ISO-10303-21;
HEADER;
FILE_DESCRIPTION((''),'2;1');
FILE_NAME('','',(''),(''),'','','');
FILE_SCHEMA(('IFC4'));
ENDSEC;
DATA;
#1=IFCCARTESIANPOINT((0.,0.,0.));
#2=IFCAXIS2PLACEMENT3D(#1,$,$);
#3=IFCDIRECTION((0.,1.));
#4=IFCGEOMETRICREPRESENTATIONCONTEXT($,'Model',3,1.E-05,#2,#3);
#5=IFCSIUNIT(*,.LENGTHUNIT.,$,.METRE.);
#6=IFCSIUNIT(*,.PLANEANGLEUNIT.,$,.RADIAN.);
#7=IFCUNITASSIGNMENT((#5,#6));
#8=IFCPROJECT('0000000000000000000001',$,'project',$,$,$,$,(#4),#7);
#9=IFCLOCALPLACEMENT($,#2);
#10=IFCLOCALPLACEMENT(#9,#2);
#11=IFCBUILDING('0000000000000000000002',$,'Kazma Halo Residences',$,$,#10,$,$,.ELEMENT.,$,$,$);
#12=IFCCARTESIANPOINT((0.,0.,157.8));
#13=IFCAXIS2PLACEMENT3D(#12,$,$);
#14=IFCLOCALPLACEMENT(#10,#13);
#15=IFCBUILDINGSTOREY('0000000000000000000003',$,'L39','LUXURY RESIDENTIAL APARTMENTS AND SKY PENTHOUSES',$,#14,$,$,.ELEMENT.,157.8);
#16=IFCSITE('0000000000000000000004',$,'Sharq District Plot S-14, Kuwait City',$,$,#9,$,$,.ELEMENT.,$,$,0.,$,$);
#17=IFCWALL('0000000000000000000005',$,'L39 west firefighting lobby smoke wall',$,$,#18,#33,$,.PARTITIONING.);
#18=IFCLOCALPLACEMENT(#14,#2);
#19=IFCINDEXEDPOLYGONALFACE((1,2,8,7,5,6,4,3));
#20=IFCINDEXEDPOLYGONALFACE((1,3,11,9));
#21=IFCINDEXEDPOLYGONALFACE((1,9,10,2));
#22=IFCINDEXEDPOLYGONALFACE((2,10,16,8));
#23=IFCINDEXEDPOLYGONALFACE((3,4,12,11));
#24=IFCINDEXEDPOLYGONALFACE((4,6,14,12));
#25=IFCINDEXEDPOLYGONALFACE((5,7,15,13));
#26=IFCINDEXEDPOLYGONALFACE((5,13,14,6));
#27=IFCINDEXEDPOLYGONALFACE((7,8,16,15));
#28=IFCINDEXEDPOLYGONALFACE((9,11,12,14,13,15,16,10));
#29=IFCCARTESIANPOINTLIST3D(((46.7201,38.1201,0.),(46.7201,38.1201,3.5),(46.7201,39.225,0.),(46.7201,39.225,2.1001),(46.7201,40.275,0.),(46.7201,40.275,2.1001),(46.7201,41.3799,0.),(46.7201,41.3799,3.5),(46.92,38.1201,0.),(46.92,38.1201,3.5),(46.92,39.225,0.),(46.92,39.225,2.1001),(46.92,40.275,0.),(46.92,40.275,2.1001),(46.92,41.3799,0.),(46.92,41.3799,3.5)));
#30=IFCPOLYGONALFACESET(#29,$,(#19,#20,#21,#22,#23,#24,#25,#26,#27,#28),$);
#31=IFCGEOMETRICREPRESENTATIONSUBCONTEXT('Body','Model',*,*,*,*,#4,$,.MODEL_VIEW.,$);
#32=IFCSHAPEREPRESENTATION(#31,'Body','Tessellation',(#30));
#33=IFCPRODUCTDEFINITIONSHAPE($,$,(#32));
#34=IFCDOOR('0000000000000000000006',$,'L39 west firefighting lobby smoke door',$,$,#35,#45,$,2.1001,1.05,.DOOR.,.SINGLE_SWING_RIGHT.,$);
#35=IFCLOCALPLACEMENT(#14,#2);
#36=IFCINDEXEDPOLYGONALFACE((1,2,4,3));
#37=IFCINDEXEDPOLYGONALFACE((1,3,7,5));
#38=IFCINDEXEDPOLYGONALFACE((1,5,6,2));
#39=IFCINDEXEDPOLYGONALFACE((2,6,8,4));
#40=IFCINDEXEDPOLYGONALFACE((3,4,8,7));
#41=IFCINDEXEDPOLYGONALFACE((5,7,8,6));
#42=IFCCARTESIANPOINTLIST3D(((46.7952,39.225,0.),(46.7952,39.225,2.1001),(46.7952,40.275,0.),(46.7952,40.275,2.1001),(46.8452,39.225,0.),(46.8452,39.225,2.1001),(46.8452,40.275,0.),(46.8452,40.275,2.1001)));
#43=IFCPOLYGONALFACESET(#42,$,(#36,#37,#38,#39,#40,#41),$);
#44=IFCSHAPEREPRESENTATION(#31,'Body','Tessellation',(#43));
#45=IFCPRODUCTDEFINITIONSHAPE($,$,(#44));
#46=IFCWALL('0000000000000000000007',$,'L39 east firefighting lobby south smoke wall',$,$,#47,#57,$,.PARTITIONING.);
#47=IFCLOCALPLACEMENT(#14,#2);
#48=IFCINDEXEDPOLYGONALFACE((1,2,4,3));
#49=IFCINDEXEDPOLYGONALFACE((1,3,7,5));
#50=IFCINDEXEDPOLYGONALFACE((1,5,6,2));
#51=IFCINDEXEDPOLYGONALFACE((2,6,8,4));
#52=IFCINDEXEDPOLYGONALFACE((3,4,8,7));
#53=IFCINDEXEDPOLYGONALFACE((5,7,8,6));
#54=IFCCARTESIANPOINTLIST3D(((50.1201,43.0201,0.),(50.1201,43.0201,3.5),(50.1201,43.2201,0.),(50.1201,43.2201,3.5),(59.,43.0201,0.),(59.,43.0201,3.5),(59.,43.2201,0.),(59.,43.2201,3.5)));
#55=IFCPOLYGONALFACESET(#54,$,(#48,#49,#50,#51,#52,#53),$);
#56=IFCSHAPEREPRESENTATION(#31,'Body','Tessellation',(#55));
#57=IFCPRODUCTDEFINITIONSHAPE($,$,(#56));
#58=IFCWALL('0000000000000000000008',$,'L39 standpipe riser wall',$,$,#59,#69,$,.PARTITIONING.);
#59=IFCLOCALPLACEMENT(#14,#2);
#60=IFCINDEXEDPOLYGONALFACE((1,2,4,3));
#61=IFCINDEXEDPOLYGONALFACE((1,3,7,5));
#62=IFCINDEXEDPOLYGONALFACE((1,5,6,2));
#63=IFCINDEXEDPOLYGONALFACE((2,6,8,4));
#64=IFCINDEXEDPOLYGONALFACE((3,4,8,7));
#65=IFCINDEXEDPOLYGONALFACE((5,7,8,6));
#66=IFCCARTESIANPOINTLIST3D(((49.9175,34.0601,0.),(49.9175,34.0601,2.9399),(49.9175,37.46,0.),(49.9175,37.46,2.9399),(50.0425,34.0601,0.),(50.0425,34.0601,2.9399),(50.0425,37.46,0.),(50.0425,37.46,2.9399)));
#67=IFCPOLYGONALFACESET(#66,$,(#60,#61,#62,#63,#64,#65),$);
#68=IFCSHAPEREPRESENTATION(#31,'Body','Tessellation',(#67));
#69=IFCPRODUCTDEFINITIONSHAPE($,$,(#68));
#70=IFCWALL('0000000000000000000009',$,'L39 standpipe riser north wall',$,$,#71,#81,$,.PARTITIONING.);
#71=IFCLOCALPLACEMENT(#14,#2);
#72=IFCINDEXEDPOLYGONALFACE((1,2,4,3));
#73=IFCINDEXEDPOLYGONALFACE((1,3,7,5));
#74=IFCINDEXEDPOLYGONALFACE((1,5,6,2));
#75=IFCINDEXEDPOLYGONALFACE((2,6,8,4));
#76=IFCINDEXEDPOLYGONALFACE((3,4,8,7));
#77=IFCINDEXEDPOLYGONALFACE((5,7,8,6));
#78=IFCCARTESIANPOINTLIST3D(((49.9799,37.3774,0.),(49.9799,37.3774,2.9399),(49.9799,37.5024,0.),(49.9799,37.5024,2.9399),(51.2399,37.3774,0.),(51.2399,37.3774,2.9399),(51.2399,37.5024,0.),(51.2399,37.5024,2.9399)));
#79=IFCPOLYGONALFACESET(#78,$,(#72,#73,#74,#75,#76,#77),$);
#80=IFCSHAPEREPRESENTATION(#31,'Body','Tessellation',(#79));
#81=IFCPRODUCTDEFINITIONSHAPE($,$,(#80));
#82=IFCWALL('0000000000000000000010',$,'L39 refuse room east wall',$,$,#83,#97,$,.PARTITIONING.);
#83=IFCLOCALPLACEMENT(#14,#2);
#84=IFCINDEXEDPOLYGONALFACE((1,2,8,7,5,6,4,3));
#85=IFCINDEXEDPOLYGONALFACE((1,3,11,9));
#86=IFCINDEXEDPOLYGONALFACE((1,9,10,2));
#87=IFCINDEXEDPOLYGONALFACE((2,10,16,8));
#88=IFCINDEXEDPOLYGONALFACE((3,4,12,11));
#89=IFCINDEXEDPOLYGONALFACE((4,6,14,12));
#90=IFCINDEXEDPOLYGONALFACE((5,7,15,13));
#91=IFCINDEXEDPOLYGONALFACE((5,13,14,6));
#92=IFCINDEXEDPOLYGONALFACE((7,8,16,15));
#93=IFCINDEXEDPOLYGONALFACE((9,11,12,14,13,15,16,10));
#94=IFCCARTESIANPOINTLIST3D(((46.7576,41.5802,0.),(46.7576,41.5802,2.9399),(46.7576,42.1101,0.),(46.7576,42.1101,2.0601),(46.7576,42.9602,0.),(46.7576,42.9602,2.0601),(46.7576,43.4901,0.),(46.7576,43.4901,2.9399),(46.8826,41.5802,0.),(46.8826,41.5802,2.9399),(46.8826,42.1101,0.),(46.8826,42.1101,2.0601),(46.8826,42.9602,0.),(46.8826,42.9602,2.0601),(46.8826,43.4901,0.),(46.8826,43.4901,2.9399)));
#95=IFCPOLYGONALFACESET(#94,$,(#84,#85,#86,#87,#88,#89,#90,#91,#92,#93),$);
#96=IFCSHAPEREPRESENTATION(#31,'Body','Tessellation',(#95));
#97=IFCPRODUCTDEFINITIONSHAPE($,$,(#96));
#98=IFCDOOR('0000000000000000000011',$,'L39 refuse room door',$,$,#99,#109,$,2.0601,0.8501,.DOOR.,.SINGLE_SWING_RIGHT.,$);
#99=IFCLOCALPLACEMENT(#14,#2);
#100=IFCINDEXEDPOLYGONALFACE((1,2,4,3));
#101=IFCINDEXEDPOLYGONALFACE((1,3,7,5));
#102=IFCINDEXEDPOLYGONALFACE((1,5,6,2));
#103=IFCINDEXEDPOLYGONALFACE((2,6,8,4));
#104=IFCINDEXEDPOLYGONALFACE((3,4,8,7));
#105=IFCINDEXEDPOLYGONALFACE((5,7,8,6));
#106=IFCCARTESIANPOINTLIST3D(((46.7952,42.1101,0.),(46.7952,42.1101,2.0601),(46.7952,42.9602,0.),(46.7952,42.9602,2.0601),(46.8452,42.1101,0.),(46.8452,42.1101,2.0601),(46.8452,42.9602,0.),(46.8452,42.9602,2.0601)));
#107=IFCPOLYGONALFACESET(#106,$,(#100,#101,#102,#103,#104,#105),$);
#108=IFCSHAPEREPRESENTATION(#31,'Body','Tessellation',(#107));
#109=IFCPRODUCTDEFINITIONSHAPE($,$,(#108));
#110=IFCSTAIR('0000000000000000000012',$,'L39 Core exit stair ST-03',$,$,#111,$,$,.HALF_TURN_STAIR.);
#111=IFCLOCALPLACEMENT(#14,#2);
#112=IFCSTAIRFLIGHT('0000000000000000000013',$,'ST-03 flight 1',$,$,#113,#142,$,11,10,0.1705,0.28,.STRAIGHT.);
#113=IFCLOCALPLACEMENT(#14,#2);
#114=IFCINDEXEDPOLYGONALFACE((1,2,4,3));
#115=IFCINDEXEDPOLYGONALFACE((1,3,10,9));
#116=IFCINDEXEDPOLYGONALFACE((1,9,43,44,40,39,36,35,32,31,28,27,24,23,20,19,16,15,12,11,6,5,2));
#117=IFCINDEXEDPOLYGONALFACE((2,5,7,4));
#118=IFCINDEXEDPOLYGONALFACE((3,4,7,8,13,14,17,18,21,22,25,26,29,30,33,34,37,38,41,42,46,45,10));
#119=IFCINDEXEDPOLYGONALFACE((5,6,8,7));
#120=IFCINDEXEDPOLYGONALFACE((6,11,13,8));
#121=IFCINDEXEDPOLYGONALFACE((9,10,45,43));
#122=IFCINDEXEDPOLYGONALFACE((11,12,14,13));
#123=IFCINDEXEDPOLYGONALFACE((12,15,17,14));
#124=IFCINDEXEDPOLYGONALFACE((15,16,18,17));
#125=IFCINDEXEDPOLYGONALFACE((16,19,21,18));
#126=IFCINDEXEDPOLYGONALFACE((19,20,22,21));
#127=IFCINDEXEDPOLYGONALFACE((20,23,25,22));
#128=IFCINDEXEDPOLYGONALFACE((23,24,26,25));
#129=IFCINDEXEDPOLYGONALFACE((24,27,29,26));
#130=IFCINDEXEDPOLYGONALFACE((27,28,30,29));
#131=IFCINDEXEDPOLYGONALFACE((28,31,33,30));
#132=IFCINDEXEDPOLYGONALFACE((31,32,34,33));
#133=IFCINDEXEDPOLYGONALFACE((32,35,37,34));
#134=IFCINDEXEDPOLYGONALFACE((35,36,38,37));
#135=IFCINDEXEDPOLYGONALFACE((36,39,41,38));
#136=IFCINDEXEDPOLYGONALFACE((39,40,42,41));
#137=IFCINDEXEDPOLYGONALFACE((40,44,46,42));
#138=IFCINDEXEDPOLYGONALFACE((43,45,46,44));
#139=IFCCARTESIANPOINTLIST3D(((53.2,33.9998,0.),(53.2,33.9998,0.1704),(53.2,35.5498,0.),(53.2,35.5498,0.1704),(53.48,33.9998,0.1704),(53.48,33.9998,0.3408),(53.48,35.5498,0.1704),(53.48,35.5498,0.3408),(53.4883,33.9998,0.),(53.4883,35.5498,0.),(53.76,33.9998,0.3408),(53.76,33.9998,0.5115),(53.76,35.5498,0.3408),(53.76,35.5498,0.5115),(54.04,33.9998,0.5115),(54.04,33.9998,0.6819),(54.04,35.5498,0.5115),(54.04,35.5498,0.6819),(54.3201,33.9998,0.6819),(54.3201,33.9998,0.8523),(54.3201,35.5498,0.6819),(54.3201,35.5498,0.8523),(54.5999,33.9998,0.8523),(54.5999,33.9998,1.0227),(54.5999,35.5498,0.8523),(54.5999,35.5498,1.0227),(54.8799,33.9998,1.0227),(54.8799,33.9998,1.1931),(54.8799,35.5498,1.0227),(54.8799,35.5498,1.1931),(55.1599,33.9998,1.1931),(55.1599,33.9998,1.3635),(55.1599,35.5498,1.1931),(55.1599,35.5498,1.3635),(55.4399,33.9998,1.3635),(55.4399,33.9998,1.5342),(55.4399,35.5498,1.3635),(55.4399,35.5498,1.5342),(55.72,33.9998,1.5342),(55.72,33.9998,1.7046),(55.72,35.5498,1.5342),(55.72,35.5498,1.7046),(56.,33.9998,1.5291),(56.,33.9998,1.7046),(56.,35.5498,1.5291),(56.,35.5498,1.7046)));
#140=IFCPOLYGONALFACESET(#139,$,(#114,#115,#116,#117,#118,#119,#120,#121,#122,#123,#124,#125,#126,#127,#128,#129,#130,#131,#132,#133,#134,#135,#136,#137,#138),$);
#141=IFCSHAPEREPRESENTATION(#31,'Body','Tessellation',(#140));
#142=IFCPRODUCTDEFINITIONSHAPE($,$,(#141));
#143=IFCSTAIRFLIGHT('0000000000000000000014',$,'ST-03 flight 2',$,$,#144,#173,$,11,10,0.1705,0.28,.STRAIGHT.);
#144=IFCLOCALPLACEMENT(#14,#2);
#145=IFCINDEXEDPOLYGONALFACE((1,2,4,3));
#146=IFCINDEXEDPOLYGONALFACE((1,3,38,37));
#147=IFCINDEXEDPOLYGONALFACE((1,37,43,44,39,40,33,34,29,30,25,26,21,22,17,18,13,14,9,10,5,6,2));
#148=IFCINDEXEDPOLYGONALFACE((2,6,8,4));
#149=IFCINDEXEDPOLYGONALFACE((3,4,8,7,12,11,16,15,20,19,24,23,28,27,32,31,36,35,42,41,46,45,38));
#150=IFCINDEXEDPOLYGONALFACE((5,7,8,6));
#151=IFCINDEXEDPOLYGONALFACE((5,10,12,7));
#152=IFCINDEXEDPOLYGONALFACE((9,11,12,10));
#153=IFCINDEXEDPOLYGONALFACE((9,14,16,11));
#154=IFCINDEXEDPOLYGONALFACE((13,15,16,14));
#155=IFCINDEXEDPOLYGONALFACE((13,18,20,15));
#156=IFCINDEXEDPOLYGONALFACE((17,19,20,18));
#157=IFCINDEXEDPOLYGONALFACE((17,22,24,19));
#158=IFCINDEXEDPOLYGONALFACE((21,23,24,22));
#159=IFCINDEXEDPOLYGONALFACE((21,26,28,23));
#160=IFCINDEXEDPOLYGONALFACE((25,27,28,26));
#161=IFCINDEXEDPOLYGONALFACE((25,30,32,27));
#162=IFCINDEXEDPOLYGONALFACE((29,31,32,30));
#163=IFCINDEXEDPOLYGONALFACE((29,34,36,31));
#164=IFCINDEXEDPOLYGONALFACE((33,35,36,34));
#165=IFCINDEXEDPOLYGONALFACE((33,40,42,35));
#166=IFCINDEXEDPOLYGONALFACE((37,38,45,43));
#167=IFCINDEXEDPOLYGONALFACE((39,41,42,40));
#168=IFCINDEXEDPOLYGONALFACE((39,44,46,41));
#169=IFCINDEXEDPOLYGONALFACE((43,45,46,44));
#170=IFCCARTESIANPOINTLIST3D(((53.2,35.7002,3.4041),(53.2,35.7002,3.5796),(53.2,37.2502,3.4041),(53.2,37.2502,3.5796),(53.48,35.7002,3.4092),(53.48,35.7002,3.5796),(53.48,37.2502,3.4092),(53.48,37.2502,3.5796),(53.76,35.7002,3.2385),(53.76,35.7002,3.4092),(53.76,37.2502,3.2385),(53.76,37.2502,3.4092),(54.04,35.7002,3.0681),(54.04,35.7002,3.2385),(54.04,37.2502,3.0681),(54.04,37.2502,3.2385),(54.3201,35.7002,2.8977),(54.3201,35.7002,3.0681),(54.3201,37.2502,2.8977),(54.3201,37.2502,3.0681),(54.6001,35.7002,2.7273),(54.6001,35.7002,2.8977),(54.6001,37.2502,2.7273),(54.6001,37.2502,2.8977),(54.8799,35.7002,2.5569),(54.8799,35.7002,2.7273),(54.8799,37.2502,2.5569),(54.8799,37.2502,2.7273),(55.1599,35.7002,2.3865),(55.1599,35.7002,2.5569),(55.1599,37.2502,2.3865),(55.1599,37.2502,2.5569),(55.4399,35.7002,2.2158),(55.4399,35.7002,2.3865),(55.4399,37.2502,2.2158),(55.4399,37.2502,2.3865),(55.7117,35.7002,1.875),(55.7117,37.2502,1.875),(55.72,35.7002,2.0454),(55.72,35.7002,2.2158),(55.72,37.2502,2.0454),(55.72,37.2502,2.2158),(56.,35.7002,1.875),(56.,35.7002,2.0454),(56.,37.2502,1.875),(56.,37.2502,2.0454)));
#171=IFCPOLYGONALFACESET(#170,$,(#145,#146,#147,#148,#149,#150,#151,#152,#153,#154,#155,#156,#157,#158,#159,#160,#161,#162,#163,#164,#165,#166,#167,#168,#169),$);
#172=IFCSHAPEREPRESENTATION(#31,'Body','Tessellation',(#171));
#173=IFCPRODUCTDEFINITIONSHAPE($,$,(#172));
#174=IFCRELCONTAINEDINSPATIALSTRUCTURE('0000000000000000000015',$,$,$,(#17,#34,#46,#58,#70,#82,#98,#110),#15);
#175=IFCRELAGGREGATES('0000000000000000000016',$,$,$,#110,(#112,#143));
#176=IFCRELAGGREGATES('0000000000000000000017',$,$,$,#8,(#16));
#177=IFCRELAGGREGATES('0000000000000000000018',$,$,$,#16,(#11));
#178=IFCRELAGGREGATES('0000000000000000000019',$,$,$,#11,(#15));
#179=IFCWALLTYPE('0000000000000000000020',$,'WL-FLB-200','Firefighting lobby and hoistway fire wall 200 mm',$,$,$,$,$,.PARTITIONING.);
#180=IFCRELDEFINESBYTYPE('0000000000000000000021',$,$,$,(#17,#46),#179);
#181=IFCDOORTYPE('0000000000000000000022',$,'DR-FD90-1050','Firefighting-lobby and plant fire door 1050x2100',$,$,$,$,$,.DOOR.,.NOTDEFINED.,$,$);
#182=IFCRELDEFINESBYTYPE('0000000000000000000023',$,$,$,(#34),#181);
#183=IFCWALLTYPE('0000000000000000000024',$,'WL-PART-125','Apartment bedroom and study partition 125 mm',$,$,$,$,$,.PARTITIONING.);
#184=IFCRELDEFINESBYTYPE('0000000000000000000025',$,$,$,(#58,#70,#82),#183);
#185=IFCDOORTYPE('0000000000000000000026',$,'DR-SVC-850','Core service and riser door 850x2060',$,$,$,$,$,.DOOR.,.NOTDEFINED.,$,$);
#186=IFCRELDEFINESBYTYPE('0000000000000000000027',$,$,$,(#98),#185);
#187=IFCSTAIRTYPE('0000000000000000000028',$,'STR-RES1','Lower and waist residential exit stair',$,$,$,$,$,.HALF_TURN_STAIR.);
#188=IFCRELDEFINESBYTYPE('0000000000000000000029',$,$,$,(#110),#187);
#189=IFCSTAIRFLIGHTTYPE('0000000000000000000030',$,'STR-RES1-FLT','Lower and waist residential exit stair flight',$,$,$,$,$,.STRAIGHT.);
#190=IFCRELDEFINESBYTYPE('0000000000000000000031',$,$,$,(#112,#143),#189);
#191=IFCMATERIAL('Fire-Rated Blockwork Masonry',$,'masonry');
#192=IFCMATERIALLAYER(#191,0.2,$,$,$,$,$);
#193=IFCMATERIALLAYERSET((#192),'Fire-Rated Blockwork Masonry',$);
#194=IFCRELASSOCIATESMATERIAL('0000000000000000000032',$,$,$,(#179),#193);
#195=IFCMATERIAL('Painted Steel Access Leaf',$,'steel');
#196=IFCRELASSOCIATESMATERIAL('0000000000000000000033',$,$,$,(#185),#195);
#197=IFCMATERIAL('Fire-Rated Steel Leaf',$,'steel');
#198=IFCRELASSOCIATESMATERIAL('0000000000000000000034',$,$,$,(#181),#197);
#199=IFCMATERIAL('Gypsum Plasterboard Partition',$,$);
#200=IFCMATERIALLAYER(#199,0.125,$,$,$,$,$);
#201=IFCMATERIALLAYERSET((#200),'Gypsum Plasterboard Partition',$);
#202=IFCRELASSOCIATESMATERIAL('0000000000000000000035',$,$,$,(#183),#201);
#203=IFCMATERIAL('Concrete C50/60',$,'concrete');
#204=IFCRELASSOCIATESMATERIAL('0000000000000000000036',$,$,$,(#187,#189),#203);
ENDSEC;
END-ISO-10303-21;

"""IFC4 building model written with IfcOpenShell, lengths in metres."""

from ifc_helpers import new_model, si_unit, direction, frame, frame_2d, origin, place, context, subcontext, project, spatial, polyline, rectangle, outline, extrude, material, layer, layer_set, type_object, element, fill, aggregate, save


model = new_model("IFC4")

# Units and contexts
model_context = context("Model", 3, precision=1e-05, world=origin(), true_north=direction((0.0, 1.0)))
body_context = subcontext(model_context, "Body", "Model", "MODEL_VIEW")
ifc_project = project(units=[si_unit("LENGTHUNIT", "METRE"), si_unit("PLANEANGLEUNIT", "RADIAN")], contexts=[model_context])

# Site, building, storey
site_placement = place(None, origin())
site = spatial("IfcSite", under=ifc_project, at=site_placement, Name="Sharq District Plot S-14, Kuwait City", CompositionType="ELEMENT", RefElevation=0.0)
building_placement = place(site_placement, origin())
building = spatial("IfcBuilding", under=site, at=building_placement, Name="Kazma Halo Residences", CompositionType="ELEMENT")
storey_placement = place(building_placement, frame((0.0, 0.0, 157.8)))
storey = spatial("IfcBuildingStorey", under=building, at=storey_placement, Name="L39", Description="LUXURY RESIDENTIAL APARTMENTS AND SKY PENTHOUSES", CompositionType="ELEMENT", Elevation=157.8)

# Shared definitions
ifc_material_1 = material(Name="Fire-Rated Blockwork Masonry", Category="masonry")
ifc_layer_1 = layer(ifc_material_1, 0.2)
ifc_layer_set_1 = layer_set([ifc_layer_1], Name="Fire-Rated Blockwork Masonry")
wall_type_1 = type_object("IfcWallType", Name="WL-FLB-200", Description="Firefighting lobby and hoistway fire wall 200 mm", PredefinedType="PARTITIONING", material=ifc_layer_set_1)

# Wall, opening, door
ifc_material_2 = material(Name="Painted Steel Access Leaf", Category="steel")
door_type_1 = type_object("IfcDoorType", Name="DR-SVC-850", Description="Core service and riser door 850x2060", OperationType="NOTDEFINED", PredefinedType="DOOR", material=ifc_material_2)
wall_1_placement = place(storey_placement, frame((46.8201, 38.1201, 0.0), z_axis=(0.0, 0.0, 1.0), x_axis=(0.0, 1.0, 0.0)))
wall_1 = element("IfcWall", 1, at=wall_1_placement, inside=storey, type_object=wall_type_1, Name="L39 west firefighting lobby smoke wall", PredefinedType="PARTITIONING", context=body_context, shape_type="SweptSolid", body=[
    extrude(rectangle(XDim=3.2598, YDim=0.2, at=frame_2d((1.6299, 0.0))), origin(), (0.0, 0.0, 1.0), 3.5),
])
opening_1_placement = place(wall_1_placement, frame((1.105, 0.0, 0.0)))
opening_1 = element("IfcOpeningElement", 2, at=opening_1_placement, cuts=wall_1, PredefinedType="OPENING", context=body_context, shape_type="SweptSolid", body=[
    extrude(rectangle(XDim=1.05, YDim=2.1001, at=frame_2d((0.5249, 1.05))), frame((0.0, 0.1099, 0.0), z_axis=(0.0, -1.0, 0.0), x_axis=(1.0, 0.0, 0.0)), (0.0, 0.0, 1.0), 0.22),
])
ifc_material_3 = material(Name="Fire-Rated Steel Leaf", Category="steel")
door_type_2 = type_object("IfcDoorType", Name="DR-FD90-1050", Description="Firefighting-lobby and plant fire door 1050x2100", OperationType="NOTDEFINED", PredefinedType="DOOR", material=ifc_material_3)
door_1_placement = place(opening_1_placement, origin())
door_1 = element("IfcDoor", 3, at=door_1_placement, inside=storey, type_object=door_type_2, Name="L39 west firefighting lobby smoke door", OperationType="SINGLE_SWING_RIGHT", OverallHeight=2.1001, OverallWidth=1.05, PredefinedType="DOOR", context=body_context, shape_type="SweptSolid", body=[
    extrude(rectangle(XDim=1.05, YDim=2.1001, at=frame_2d((0.5249, 1.05))), frame((0.0, 0.0249, 0.0), z_axis=(0.0, -1.0, 0.0), x_axis=(1.0, 0.0, 0.0)), (0.0, 0.0, 1.0), 0.05),
])
fill(opening_1, door_1)

# Walls
wall_2_placement = place(storey_placement, frame((50.1201, 43.1201, 0.0), z_axis=(0.0, 0.0, 1.0), x_axis=(1.0, 0.0, 0.0)))
element("IfcWall", 4, at=wall_2_placement, inside=storey, type_object=wall_type_1, Name="L39 east firefighting lobby south smoke wall", PredefinedType="PARTITIONING", context=body_context, shape_type="SweptSolid", body=[
    extrude(rectangle(XDim=8.8799, YDim=0.2, at=frame_2d((4.4399, 0.0))), origin(), (0.0, 0.0, 1.0), 3.5),
])
ifc_material_4 = material(Name="Gypsum Plasterboard Partition")
ifc_layer_2 = layer(ifc_material_4, 0.125)
ifc_layer_set_2 = layer_set([ifc_layer_2], Name="Gypsum Plasterboard Partition")
wall_type_2 = type_object("IfcWallType", Name="WL-PART-125", Description="Apartment bedroom and study partition 125 mm", PredefinedType="PARTITIONING", material=ifc_layer_set_2)
wall_3_placement = place(storey_placement, frame((49.98, 34.0601, 0.0), z_axis=(0.0, 0.0, 1.0), x_axis=(0.0, 1.0, 0.0)))
element("IfcWall", 5, at=wall_3_placement, inside=storey, type_object=wall_type_2, Name="L39 standpipe riser wall", PredefinedType="PARTITIONING", context=body_context, shape_type="SweptSolid", body=[
    extrude(rectangle(XDim=3.3999, YDim=0.125, at=frame_2d((1.7, 0.0))), origin(), (0.0, 0.0, 1.0), 2.9399),
])
wall_4_placement = place(storey_placement, frame((49.98, 37.4399, 0.0), z_axis=(0.0, 0.0, 1.0), x_axis=(1.0, 0.0, 0.0)))
element("IfcWall", 6, at=wall_4_placement, inside=storey, type_object=wall_type_2, Name="L39 standpipe riser north wall", PredefinedType="PARTITIONING", context=body_context, shape_type="SweptSolid", body=[
    extrude(rectangle(XDim=1.26, YDim=0.125, at=frame_2d((0.6299, 0.0))), origin(), (0.0, 0.0, 1.0), 2.9399),
])

# Wall, opening, door
wall_5_placement = place(storey_placement, frame((46.8201, 41.5801, 0.0), z_axis=(0.0, 0.0, 1.0), x_axis=(0.0, 1.0, 0.0)))
wall_5 = element("IfcWall", 7, at=wall_5_placement, inside=storey, type_object=wall_type_2, Name="L39 refuse room east wall", PredefinedType="PARTITIONING", context=body_context, shape_type="SweptSolid", body=[
    extrude(rectangle(XDim=1.9099, YDim=0.125, at=frame_2d((0.9551, 0.0))), origin(), (0.0, 0.0, 1.0), 2.9399),
])
opening_2_placement = place(wall_5_placement, frame((0.53, 0.0, 0.0)))
opening_2 = element("IfcOpeningElement", 8, at=opening_2_placement, cuts=wall_5, PredefinedType="OPENING", context=body_context, shape_type="SweptSolid", body=[
    extrude(rectangle(XDim=0.8501, YDim=2.0601, at=frame_2d((0.425, 1.03))), frame((0.0, 0.0725, 0.0), z_axis=(0.0, -1.0, 0.0), x_axis=(1.0, 0.0, 0.0)), (0.0, 0.0, 1.0), 0.145),
])
door_2_placement = place(opening_2_placement, origin())
door_2 = element("IfcDoor", 9, at=door_2_placement, inside=storey, type_object=door_type_1, Name="L39 refuse room door", OperationType="SINGLE_SWING_RIGHT", OverallHeight=2.0601, OverallWidth=0.8501, PredefinedType="DOOR", context=body_context, shape_type="SweptSolid", body=[
    extrude(rectangle(XDim=0.8501, YDim=2.0601, at=frame_2d((0.425, 1.03))), frame((0.0, 0.0249, 0.0), z_axis=(0.0, -1.0, 0.0), x_axis=(1.0, 0.0, 0.0)), (0.0, 0.0, 1.0), 0.05),
])
fill(opening_2, door_2)
ifc_material_5 = material(Name="Concrete C50/60", Category="concrete")

# Stair, stair flights
stair_type = type_object("IfcStairType", Name="STR-RES1", Description="Lower and waist residential exit stair", PredefinedType="HALF_TURN_STAIR", material=ifc_material_5)
stair_placement = place(storey_placement, origin())
stair = element("IfcStair", 10, at=stair_placement, inside=storey, type_object=stair_type, Name="L39 Core exit stair ST-03", PredefinedType="HALF_TURN_STAIR")
stair_flight_type = type_object("IfcStairFlightType", Name="STR-RES1-FLT", Description="Lower and waist residential exit stair flight", PredefinedType="STRAIGHT", material=ifc_material_5)
stair_flight_1_placement = place(storey_placement, frame((53.2, 34.7749, 0.0), z_axis=(0.0, 0.0, 1.0), x_axis=(1.0, 0.0, 0.0)))
stair_flight_1 = element("IfcStairFlight", 11, at=stair_flight_1_placement, type_object=stair_flight_type, Name="ST-03 flight 1", NumberOfRisers=11, NumberOfTreads=10, PredefinedType="STRAIGHT", RiserHeight=0.1705, TreadLength=0.28, context=body_context, shape_type="SweptSolid", body=[
    extrude(outline(polyline([(0.0, 0.0), (0.0, 0.1704), (0.28, 0.1704), (0.28, 0.3408), (0.5601, 0.3408), (0.5601, 0.5115), (0.8401, 0.5115), (0.8401, 0.6819), (1.1201, 0.6819), (1.1201, 0.8523), (1.3999, 0.8523), (1.3999, 1.0227), (1.6799, 1.0227), (1.6799, 1.1931), (1.96, 1.1931), (1.96, 1.3635), (2.24, 1.3635), (2.24, 1.5342), (2.52, 1.5342), (2.52, 1.7046), (2.8, 1.7046), (2.8, 1.875), (2.8, 1.5291), (0.2883, 0.0), (0.0, 0.0)])), frame((0.0, 0.7749, 0.0), z_axis=(0.0, -1.0, 0.0), x_axis=(1.0, 0.0, 0.0)), (0.0, 0.0, 1.0), 1.55),
])
stair_flight_2_placement = place(storey_placement, frame((56.0, 36.4751, 1.875), z_axis=(0.0, 0.0, 1.0), x_axis=(-1.0, 0.0, 0.0)))
stair_flight_2 = element("IfcStairFlight", 12, at=stair_flight_2_placement, type_object=stair_flight_type, Name="ST-03 flight 2", NumberOfRisers=11, NumberOfTreads=10, PredefinedType="STRAIGHT", RiserHeight=0.1705, TreadLength=0.28, context=body_context, shape_type="SweptSolid", body=[
    extrude(outline(polyline([(0.0, 0.0), (0.0, 0.1704), (0.28, 0.1704), (0.28, 0.3408), (0.5601, 0.3408), (0.5601, 0.5115), (0.8401, 0.5115), (0.8401, 0.6819), (1.1201, 0.6819), (1.1201, 0.8523), (1.3999, 0.8523), (1.3999, 1.0227), (1.6799, 1.0227), (1.6799, 1.1931), (1.96, 1.1931), (1.96, 1.3635), (2.24, 1.3635), (2.24, 1.5342), (2.52, 1.5342), (2.52, 1.7046), (2.8, 1.7046), (2.8, 1.875), (2.8, 1.5291), (0.2883, 0.0), (0.0, 0.0)])), frame((0.0, 0.7749, 0.0), z_axis=(0.0, -1.0, 0.0), x_axis=(1.0, 0.0, 0.0)), (0.0, 0.0, 1.0), 1.55),
])
aggregate(stair, [stair_flight_1, stair_flight_2])

save(model, "model.ifc")
